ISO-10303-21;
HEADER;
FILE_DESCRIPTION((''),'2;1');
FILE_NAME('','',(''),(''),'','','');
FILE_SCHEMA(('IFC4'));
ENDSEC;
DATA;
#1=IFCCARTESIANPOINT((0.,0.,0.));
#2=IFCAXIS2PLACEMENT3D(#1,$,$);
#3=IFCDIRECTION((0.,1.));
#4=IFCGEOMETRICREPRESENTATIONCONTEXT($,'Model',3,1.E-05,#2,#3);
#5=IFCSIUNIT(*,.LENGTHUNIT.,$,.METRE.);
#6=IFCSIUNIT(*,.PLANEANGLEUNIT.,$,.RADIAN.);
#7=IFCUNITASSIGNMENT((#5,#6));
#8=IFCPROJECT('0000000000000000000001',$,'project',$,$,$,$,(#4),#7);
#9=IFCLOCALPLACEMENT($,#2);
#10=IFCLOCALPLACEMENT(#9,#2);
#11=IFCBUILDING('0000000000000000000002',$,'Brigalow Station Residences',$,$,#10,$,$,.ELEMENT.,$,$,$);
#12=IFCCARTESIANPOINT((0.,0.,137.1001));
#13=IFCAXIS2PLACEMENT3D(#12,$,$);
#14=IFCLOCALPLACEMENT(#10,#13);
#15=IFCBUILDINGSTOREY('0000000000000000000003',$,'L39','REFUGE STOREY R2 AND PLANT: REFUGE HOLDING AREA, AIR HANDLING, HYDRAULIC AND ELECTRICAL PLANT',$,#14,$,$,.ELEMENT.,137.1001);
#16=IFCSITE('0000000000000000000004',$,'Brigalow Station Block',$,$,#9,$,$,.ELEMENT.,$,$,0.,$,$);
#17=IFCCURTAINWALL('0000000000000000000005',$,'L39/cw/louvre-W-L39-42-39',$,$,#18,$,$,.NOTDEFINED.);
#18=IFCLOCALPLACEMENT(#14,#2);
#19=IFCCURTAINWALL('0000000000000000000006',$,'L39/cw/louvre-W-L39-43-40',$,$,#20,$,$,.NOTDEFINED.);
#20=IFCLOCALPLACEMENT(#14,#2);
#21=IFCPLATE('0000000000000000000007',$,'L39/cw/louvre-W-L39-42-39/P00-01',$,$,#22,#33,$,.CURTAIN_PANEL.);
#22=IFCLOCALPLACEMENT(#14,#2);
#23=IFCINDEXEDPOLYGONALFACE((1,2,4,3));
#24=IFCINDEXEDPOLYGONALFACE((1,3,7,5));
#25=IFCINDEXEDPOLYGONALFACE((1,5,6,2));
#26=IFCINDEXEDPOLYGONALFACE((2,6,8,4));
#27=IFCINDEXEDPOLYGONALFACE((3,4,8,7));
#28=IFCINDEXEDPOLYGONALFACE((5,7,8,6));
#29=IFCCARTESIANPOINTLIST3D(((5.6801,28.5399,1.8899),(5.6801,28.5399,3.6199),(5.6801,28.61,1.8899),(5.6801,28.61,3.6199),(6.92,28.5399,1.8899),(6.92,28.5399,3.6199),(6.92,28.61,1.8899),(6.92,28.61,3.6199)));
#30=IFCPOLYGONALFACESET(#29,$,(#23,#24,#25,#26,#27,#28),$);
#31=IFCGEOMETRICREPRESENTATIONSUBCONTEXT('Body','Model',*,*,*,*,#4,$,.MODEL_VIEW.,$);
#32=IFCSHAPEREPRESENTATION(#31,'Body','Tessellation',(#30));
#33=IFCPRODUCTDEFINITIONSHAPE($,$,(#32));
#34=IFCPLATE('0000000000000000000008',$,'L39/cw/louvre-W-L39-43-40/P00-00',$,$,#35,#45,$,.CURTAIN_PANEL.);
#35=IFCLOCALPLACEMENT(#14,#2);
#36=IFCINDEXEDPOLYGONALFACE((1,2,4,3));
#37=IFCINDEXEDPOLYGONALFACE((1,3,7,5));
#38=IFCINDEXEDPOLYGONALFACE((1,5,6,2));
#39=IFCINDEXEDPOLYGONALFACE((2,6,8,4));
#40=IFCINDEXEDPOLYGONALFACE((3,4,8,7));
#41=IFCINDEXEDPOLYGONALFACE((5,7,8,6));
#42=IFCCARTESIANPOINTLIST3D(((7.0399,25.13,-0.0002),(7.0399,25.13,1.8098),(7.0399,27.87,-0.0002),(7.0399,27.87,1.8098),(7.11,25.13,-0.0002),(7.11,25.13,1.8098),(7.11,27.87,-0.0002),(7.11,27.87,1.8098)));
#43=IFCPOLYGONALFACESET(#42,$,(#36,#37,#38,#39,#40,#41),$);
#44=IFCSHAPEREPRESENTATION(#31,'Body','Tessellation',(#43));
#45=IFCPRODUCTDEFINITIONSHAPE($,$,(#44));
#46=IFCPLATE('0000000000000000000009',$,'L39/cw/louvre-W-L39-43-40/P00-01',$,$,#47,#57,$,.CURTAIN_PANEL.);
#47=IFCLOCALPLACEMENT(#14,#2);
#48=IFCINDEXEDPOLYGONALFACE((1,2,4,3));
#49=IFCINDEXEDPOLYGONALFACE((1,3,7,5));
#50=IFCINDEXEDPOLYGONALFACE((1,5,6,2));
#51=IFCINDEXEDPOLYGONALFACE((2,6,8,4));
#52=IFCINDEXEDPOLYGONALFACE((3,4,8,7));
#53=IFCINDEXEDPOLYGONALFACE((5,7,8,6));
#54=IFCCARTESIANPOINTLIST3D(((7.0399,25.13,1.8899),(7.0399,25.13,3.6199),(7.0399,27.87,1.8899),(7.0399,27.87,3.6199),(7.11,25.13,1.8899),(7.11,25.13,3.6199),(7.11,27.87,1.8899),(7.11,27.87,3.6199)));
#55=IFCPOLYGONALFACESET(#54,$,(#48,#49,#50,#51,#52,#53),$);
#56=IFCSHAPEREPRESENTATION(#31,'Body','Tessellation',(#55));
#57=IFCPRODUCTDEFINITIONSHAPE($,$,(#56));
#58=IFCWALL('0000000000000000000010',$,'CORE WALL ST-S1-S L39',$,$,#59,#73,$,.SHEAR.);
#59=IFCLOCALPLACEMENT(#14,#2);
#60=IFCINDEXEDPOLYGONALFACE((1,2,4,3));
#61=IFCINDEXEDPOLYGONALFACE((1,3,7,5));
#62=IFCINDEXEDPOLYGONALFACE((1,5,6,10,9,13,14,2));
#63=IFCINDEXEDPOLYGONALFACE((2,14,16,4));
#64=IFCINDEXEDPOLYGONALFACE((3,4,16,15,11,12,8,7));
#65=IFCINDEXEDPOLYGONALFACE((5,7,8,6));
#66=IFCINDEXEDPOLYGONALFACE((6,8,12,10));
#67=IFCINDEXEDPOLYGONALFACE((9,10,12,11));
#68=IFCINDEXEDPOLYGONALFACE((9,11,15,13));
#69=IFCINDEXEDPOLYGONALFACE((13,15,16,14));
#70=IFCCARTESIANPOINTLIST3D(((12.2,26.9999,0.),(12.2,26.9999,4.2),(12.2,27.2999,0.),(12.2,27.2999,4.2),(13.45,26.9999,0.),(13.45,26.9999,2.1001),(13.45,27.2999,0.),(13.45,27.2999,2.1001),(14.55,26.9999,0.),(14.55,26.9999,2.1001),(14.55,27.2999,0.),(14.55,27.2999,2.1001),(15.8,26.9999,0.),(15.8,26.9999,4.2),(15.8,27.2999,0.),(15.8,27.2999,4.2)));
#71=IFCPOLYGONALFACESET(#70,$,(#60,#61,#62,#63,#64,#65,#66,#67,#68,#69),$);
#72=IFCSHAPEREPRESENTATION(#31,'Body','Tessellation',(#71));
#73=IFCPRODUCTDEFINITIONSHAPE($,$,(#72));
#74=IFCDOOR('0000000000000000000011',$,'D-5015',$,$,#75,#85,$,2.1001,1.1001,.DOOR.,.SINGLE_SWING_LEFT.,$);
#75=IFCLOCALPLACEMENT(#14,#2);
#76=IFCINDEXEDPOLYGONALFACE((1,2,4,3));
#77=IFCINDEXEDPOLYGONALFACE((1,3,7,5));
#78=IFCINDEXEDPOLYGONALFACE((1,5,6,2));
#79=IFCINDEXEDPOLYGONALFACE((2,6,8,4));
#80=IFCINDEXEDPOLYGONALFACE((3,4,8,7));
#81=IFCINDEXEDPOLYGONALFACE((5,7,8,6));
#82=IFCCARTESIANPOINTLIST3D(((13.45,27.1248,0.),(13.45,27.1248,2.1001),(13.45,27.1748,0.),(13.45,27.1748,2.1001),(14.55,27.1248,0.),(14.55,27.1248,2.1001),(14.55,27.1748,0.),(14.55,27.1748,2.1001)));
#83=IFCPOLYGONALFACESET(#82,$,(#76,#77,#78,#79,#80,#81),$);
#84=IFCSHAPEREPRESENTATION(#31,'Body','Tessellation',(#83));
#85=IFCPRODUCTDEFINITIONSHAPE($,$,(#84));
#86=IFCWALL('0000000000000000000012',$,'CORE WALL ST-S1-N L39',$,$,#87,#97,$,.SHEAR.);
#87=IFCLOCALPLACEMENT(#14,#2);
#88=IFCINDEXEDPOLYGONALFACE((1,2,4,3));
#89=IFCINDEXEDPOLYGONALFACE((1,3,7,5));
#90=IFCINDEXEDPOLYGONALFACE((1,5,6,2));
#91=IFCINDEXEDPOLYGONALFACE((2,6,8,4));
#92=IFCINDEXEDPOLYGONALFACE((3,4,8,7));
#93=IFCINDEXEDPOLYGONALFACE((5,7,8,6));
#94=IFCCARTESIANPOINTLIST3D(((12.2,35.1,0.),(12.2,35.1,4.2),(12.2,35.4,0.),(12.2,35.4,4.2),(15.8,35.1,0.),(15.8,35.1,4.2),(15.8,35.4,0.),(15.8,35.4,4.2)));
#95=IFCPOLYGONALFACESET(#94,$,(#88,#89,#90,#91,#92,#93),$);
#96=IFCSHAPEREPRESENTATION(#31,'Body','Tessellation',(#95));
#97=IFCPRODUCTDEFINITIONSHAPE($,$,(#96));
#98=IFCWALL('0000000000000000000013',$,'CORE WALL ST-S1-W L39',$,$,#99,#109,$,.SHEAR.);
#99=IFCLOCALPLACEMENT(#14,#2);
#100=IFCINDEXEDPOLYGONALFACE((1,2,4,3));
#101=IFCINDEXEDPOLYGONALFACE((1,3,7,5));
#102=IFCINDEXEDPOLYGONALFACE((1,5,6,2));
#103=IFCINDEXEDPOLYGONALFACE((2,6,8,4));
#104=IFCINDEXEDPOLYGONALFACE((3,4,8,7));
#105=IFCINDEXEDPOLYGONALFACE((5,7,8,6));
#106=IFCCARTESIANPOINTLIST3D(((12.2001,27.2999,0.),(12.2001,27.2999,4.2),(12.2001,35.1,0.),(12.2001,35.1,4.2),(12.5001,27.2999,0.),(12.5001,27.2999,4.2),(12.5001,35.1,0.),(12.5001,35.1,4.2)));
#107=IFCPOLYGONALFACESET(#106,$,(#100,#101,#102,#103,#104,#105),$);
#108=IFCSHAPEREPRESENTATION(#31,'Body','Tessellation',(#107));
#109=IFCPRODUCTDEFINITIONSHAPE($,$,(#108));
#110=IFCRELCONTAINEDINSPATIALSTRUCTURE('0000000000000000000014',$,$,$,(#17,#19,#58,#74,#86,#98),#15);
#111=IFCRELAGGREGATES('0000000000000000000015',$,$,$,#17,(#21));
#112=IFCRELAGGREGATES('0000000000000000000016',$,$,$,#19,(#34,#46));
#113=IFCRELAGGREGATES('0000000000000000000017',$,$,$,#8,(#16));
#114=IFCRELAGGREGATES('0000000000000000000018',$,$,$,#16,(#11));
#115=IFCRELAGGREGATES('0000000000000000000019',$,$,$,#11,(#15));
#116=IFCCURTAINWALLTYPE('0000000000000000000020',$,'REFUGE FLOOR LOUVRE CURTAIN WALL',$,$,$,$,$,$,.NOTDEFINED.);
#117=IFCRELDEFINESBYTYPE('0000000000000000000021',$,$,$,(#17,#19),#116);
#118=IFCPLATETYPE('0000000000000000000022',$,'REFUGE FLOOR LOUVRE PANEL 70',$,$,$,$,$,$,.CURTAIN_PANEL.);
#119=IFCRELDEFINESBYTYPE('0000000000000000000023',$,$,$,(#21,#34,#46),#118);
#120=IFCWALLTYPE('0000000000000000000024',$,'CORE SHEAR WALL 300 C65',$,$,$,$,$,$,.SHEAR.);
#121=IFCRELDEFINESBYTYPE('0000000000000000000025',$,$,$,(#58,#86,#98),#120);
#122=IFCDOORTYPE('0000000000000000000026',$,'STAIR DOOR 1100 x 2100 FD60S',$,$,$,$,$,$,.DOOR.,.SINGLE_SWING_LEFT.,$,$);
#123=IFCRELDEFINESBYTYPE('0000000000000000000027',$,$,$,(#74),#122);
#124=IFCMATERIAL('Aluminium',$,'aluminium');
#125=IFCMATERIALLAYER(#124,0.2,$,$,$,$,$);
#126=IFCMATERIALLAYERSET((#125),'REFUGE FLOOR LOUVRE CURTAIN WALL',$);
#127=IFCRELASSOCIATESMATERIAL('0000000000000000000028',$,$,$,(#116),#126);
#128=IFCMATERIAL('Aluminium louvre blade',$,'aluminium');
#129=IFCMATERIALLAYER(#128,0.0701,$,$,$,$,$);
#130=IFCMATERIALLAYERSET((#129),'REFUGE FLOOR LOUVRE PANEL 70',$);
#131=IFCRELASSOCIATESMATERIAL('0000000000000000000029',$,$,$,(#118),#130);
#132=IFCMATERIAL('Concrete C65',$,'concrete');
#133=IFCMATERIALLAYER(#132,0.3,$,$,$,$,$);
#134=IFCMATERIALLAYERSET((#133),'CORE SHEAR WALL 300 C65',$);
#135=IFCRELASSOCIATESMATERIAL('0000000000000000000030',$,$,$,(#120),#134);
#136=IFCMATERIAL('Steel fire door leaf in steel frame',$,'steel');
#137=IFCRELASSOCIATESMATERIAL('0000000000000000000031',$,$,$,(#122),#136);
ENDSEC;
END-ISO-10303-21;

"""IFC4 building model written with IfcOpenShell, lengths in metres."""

from ifc_helpers import new_model, si_unit, direction, frame, frame_2d, origin, origin_2d, place, context, subcontext, project, spatial, rectangle, extrude, material, layer, layer_set, type_object, element, fill, aggregate, save


model = new_model("IFC4")

# Units and contexts
model_context = context("Model", 3, precision=1e-05, world=origin(), true_north=direction((0.0, 1.0)))
body_context = subcontext(model_context, "Body", "Model", "MODEL_VIEW")
ifc_project = project(units=[si_unit("LENGTHUNIT", "METRE"), si_unit("PLANEANGLEUNIT", "RADIAN")], contexts=[model_context])

# Site, building, storey
site_placement = place(None, origin())
site = spatial("IfcSite", under=ifc_project, at=site_placement, Name="Brigalow Station Block", CompositionType="ELEMENT", RefElevation=0.0)
building_placement = place(site_placement, origin())
building = spatial("IfcBuilding", under=site, at=building_placement, Name="Brigalow Station Residences", CompositionType="ELEMENT")
storey_placement = place(building_placement, frame((0.0, 0.0, 137.1001)))
storey = spatial("IfcBuildingStorey", under=building, at=storey_placement, Name="L39", Description="REFUGE STOREY R2 AND PLANT: REFUGE HOLDING AREA, AIR HANDLING, HYDRAULIC AND ELECTRICAL PLANT", CompositionType="ELEMENT", Elevation=137.1001)

# Curtain walls
ifc_material_1 = material(Name="Aluminium", Category="aluminium")
ifc_layer_1 = layer(ifc_material_1, 0.2)
ifc_layer_set_1 = layer_set([ifc_layer_1], Name="REFUGE FLOOR LOUVRE CURTAIN WALL")
curtain_wall_type = type_object("IfcCurtainWallType", Name="REFUGE FLOOR LOUVRE CURTAIN WALL", PredefinedType="NOTDEFINED", material=ifc_layer_set_1)
curtain_wall_1_placement = place(storey_placement, origin())
curtain_wall_1 = element("IfcCurtainWall", 1, at=curtain_wall_1_placement, inside=storey, type_object=curtain_wall_type, Name="L39/cw/louvre-W-L39-42-39", PredefinedType="NOTDEFINED")
curtain_wall_2_placement = place(storey_placement, origin())
curtain_wall_2 = element("IfcCurtainWall", 2, at=curtain_wall_2_placement, inside=storey, type_object=curtain_wall_type, Name="L39/cw/louvre-W-L39-43-40", PredefinedType="NOTDEFINED")

# Plates
ifc_material_2 = material(Name="Aluminium louvre blade", Category="aluminium")
ifc_layer_2 = layer(ifc_material_2, 0.0701)
ifc_layer_set_2 = layer_set([ifc_layer_2], Name="REFUGE FLOOR LOUVRE PANEL 70")
plate_type = type_object("IfcPlateType", Name="REFUGE FLOOR LOUVRE PANEL 70", PredefinedType="CURTAIN_PANEL", material=ifc_layer_set_2)
plate_1_placement = place(storey_placement, frame((6.3, 28.575, 1.8899), z_axis=(0.0, 0.0, 1.0), x_axis=(1.0, 0.0, 0.0)))
plate_1 = element("IfcPlate", 3, at=plate_1_placement, type_object=plate_type, Name="L39/cw/louvre-W-L39-42-39/P00-01", PredefinedType="CURTAIN_PANEL", context=body_context, shape_type="SweptSolid", body=[
    extrude(rectangle(XDim=1.24, YDim=0.0701, at=origin_2d()), origin(), (0.0, 0.0, 1.0), 1.73),
])
aggregate(curtain_wall_1, [plate_1])
plate_2_placement = place(storey_placement, frame((7.075, 26.5, -0.0002), z_axis=(0.0, 0.0, 1.0), x_axis=(0.0, -1.0, 0.0)))
plate_2 = element("IfcPlate", 4, at=plate_2_placement, type_object=plate_type, Name="L39/cw/louvre-W-L39-43-40/P00-00", PredefinedType="CURTAIN_PANEL", context=body_context, shape_type="SweptSolid", body=[
    extrude(rectangle(XDim=2.74, YDim=0.0701, at=origin_2d()), origin(), (0.0, 0.0, 1.0), 1.8101),
])
plate_3_placement = place(storey_placement, frame((7.075, 26.5, 1.8899), z_axis=(0.0, 0.0, 1.0), x_axis=(0.0, -1.0, 0.0)))
plate_3 = element("IfcPlate", 5, at=plate_3_placement, type_object=plate_type, Name="L39/cw/louvre-W-L39-43-40/P00-01", PredefinedType="CURTAIN_PANEL", context=body_context, shape_type="SweptSolid", body=[
    extrude(rectangle(XDim=2.74, YDim=0.0701, at=origin_2d()), origin(), (0.0, 0.0, 1.0), 1.73),
])
aggregate(curtain_wall_2, [plate_2, plate_3])

# Wall, opening, door
ifc_material_3 = material(Name="Concrete C65", Category="concrete")
ifc_layer_3 = layer(ifc_material_3, 0.3)
ifc_layer_set_3 = layer_set([ifc_layer_3], Name="CORE SHEAR WALL 300 C65")
wall_type = type_object("IfcWallType", Name="CORE SHEAR WALL 300 C65", PredefinedType="SHEAR", material=ifc_layer_set_3)
wall_1_placement = place(storey_placement, frame((12.2, 27.1499, 0.0), z_axis=(0.0, 0.0, 1.0), x_axis=(1.0, 0.0, 0.0)))
wall_1 = element("IfcWall", 6, at=wall_1_placement, inside=storey, type_object=wall_type, Name="CORE WALL ST-S1-S L39", PredefinedType="SHEAR", context=body_context, shape_type="SweptSolid", body=[
    extrude(rectangle(XDim=3.6001, YDim=0.3, at=frame_2d((1.8, 0.0))), origin(), (0.0, 0.0, 1.0), 4.2),
])
opening_placement = place(wall_1_placement, frame((1.25, 0.0, 0.0)))
opening = element("IfcOpeningElement", 7, at=opening_placement, cuts=wall_1, PredefinedType="OPENING", context=body_context, shape_type="SweptSolid", body=[
    extrude(rectangle(XDim=1.1001, YDim=2.1001, at=frame_2d((0.55, 1.05))), frame((0.0, 0.1602, 0.0), z_axis=(0.0, -1.0, 0.0), x_axis=(1.0, 0.0, 0.0)), (0.0, 0.0, 1.0), 0.3201),
])
ifc_material_4 = material(Name="Steel fire door leaf in steel frame", Category="steel")
door_type = type_object("IfcDoorType", Name="STAIR DOOR 1100 x 2100 FD60S", OperationType="SINGLE_SWING_LEFT", PredefinedType="DOOR", material=ifc_material_4)
door_placement = place(opening_placement, origin())
door = element("IfcDoor", 8, at=door_placement, inside=storey, type_object=door_type, Name="D-5015", OperationType="SINGLE_SWING_LEFT", OverallHeight=2.1001, OverallWidth=1.1001, PredefinedType="DOOR", context=body_context, shape_type="SweptSolid", body=[
    extrude(rectangle(XDim=1.1001, YDim=2.1001, at=frame_2d((0.55, 1.05))), frame((0.0, 0.0249, 0.0), z_axis=(0.0, -1.0, 0.0), x_axis=(1.0, 0.0, 0.0)), (0.0, 0.0, 1.0), 0.05),
])
fill(opening, door)

# Walls
wall_2_placement = place(storey_placement, frame((12.2, 35.25, 0.0), z_axis=(0.0, 0.0, 1.0), x_axis=(1.0, 0.0, 0.0)))
element("IfcWall", 9, at=wall_2_placement, inside=storey, type_object=wall_type, Name="CORE WALL ST-S1-N L39", PredefinedType="SHEAR", context=body_context, shape_type="SweptSolid", body=[
    extrude(rectangle(XDim=3.6001, YDim=0.3, at=frame_2d((1.8, 0.0))), origin(), (0.0, 0.0, 1.0), 4.2),
])
wall_3_placement = place(storey_placement, frame((12.3501, 27.3, 0.0), z_axis=(0.0, 0.0, 1.0), x_axis=(0.0, 1.0, 0.0)))
element("IfcWall", 10, at=wall_3_placement, inside=storey, type_object=wall_type, Name="CORE WALL ST-S1-W L39", PredefinedType="SHEAR", context=body_context, shape_type="SweptSolid", body=[
    extrude(rectangle(XDim=7.8, YDim=0.3, at=frame_2d((3.8999, 0.0))), origin(), (0.0, 0.0, 1.0), 4.2),
])

save(model, "model.ifc")
